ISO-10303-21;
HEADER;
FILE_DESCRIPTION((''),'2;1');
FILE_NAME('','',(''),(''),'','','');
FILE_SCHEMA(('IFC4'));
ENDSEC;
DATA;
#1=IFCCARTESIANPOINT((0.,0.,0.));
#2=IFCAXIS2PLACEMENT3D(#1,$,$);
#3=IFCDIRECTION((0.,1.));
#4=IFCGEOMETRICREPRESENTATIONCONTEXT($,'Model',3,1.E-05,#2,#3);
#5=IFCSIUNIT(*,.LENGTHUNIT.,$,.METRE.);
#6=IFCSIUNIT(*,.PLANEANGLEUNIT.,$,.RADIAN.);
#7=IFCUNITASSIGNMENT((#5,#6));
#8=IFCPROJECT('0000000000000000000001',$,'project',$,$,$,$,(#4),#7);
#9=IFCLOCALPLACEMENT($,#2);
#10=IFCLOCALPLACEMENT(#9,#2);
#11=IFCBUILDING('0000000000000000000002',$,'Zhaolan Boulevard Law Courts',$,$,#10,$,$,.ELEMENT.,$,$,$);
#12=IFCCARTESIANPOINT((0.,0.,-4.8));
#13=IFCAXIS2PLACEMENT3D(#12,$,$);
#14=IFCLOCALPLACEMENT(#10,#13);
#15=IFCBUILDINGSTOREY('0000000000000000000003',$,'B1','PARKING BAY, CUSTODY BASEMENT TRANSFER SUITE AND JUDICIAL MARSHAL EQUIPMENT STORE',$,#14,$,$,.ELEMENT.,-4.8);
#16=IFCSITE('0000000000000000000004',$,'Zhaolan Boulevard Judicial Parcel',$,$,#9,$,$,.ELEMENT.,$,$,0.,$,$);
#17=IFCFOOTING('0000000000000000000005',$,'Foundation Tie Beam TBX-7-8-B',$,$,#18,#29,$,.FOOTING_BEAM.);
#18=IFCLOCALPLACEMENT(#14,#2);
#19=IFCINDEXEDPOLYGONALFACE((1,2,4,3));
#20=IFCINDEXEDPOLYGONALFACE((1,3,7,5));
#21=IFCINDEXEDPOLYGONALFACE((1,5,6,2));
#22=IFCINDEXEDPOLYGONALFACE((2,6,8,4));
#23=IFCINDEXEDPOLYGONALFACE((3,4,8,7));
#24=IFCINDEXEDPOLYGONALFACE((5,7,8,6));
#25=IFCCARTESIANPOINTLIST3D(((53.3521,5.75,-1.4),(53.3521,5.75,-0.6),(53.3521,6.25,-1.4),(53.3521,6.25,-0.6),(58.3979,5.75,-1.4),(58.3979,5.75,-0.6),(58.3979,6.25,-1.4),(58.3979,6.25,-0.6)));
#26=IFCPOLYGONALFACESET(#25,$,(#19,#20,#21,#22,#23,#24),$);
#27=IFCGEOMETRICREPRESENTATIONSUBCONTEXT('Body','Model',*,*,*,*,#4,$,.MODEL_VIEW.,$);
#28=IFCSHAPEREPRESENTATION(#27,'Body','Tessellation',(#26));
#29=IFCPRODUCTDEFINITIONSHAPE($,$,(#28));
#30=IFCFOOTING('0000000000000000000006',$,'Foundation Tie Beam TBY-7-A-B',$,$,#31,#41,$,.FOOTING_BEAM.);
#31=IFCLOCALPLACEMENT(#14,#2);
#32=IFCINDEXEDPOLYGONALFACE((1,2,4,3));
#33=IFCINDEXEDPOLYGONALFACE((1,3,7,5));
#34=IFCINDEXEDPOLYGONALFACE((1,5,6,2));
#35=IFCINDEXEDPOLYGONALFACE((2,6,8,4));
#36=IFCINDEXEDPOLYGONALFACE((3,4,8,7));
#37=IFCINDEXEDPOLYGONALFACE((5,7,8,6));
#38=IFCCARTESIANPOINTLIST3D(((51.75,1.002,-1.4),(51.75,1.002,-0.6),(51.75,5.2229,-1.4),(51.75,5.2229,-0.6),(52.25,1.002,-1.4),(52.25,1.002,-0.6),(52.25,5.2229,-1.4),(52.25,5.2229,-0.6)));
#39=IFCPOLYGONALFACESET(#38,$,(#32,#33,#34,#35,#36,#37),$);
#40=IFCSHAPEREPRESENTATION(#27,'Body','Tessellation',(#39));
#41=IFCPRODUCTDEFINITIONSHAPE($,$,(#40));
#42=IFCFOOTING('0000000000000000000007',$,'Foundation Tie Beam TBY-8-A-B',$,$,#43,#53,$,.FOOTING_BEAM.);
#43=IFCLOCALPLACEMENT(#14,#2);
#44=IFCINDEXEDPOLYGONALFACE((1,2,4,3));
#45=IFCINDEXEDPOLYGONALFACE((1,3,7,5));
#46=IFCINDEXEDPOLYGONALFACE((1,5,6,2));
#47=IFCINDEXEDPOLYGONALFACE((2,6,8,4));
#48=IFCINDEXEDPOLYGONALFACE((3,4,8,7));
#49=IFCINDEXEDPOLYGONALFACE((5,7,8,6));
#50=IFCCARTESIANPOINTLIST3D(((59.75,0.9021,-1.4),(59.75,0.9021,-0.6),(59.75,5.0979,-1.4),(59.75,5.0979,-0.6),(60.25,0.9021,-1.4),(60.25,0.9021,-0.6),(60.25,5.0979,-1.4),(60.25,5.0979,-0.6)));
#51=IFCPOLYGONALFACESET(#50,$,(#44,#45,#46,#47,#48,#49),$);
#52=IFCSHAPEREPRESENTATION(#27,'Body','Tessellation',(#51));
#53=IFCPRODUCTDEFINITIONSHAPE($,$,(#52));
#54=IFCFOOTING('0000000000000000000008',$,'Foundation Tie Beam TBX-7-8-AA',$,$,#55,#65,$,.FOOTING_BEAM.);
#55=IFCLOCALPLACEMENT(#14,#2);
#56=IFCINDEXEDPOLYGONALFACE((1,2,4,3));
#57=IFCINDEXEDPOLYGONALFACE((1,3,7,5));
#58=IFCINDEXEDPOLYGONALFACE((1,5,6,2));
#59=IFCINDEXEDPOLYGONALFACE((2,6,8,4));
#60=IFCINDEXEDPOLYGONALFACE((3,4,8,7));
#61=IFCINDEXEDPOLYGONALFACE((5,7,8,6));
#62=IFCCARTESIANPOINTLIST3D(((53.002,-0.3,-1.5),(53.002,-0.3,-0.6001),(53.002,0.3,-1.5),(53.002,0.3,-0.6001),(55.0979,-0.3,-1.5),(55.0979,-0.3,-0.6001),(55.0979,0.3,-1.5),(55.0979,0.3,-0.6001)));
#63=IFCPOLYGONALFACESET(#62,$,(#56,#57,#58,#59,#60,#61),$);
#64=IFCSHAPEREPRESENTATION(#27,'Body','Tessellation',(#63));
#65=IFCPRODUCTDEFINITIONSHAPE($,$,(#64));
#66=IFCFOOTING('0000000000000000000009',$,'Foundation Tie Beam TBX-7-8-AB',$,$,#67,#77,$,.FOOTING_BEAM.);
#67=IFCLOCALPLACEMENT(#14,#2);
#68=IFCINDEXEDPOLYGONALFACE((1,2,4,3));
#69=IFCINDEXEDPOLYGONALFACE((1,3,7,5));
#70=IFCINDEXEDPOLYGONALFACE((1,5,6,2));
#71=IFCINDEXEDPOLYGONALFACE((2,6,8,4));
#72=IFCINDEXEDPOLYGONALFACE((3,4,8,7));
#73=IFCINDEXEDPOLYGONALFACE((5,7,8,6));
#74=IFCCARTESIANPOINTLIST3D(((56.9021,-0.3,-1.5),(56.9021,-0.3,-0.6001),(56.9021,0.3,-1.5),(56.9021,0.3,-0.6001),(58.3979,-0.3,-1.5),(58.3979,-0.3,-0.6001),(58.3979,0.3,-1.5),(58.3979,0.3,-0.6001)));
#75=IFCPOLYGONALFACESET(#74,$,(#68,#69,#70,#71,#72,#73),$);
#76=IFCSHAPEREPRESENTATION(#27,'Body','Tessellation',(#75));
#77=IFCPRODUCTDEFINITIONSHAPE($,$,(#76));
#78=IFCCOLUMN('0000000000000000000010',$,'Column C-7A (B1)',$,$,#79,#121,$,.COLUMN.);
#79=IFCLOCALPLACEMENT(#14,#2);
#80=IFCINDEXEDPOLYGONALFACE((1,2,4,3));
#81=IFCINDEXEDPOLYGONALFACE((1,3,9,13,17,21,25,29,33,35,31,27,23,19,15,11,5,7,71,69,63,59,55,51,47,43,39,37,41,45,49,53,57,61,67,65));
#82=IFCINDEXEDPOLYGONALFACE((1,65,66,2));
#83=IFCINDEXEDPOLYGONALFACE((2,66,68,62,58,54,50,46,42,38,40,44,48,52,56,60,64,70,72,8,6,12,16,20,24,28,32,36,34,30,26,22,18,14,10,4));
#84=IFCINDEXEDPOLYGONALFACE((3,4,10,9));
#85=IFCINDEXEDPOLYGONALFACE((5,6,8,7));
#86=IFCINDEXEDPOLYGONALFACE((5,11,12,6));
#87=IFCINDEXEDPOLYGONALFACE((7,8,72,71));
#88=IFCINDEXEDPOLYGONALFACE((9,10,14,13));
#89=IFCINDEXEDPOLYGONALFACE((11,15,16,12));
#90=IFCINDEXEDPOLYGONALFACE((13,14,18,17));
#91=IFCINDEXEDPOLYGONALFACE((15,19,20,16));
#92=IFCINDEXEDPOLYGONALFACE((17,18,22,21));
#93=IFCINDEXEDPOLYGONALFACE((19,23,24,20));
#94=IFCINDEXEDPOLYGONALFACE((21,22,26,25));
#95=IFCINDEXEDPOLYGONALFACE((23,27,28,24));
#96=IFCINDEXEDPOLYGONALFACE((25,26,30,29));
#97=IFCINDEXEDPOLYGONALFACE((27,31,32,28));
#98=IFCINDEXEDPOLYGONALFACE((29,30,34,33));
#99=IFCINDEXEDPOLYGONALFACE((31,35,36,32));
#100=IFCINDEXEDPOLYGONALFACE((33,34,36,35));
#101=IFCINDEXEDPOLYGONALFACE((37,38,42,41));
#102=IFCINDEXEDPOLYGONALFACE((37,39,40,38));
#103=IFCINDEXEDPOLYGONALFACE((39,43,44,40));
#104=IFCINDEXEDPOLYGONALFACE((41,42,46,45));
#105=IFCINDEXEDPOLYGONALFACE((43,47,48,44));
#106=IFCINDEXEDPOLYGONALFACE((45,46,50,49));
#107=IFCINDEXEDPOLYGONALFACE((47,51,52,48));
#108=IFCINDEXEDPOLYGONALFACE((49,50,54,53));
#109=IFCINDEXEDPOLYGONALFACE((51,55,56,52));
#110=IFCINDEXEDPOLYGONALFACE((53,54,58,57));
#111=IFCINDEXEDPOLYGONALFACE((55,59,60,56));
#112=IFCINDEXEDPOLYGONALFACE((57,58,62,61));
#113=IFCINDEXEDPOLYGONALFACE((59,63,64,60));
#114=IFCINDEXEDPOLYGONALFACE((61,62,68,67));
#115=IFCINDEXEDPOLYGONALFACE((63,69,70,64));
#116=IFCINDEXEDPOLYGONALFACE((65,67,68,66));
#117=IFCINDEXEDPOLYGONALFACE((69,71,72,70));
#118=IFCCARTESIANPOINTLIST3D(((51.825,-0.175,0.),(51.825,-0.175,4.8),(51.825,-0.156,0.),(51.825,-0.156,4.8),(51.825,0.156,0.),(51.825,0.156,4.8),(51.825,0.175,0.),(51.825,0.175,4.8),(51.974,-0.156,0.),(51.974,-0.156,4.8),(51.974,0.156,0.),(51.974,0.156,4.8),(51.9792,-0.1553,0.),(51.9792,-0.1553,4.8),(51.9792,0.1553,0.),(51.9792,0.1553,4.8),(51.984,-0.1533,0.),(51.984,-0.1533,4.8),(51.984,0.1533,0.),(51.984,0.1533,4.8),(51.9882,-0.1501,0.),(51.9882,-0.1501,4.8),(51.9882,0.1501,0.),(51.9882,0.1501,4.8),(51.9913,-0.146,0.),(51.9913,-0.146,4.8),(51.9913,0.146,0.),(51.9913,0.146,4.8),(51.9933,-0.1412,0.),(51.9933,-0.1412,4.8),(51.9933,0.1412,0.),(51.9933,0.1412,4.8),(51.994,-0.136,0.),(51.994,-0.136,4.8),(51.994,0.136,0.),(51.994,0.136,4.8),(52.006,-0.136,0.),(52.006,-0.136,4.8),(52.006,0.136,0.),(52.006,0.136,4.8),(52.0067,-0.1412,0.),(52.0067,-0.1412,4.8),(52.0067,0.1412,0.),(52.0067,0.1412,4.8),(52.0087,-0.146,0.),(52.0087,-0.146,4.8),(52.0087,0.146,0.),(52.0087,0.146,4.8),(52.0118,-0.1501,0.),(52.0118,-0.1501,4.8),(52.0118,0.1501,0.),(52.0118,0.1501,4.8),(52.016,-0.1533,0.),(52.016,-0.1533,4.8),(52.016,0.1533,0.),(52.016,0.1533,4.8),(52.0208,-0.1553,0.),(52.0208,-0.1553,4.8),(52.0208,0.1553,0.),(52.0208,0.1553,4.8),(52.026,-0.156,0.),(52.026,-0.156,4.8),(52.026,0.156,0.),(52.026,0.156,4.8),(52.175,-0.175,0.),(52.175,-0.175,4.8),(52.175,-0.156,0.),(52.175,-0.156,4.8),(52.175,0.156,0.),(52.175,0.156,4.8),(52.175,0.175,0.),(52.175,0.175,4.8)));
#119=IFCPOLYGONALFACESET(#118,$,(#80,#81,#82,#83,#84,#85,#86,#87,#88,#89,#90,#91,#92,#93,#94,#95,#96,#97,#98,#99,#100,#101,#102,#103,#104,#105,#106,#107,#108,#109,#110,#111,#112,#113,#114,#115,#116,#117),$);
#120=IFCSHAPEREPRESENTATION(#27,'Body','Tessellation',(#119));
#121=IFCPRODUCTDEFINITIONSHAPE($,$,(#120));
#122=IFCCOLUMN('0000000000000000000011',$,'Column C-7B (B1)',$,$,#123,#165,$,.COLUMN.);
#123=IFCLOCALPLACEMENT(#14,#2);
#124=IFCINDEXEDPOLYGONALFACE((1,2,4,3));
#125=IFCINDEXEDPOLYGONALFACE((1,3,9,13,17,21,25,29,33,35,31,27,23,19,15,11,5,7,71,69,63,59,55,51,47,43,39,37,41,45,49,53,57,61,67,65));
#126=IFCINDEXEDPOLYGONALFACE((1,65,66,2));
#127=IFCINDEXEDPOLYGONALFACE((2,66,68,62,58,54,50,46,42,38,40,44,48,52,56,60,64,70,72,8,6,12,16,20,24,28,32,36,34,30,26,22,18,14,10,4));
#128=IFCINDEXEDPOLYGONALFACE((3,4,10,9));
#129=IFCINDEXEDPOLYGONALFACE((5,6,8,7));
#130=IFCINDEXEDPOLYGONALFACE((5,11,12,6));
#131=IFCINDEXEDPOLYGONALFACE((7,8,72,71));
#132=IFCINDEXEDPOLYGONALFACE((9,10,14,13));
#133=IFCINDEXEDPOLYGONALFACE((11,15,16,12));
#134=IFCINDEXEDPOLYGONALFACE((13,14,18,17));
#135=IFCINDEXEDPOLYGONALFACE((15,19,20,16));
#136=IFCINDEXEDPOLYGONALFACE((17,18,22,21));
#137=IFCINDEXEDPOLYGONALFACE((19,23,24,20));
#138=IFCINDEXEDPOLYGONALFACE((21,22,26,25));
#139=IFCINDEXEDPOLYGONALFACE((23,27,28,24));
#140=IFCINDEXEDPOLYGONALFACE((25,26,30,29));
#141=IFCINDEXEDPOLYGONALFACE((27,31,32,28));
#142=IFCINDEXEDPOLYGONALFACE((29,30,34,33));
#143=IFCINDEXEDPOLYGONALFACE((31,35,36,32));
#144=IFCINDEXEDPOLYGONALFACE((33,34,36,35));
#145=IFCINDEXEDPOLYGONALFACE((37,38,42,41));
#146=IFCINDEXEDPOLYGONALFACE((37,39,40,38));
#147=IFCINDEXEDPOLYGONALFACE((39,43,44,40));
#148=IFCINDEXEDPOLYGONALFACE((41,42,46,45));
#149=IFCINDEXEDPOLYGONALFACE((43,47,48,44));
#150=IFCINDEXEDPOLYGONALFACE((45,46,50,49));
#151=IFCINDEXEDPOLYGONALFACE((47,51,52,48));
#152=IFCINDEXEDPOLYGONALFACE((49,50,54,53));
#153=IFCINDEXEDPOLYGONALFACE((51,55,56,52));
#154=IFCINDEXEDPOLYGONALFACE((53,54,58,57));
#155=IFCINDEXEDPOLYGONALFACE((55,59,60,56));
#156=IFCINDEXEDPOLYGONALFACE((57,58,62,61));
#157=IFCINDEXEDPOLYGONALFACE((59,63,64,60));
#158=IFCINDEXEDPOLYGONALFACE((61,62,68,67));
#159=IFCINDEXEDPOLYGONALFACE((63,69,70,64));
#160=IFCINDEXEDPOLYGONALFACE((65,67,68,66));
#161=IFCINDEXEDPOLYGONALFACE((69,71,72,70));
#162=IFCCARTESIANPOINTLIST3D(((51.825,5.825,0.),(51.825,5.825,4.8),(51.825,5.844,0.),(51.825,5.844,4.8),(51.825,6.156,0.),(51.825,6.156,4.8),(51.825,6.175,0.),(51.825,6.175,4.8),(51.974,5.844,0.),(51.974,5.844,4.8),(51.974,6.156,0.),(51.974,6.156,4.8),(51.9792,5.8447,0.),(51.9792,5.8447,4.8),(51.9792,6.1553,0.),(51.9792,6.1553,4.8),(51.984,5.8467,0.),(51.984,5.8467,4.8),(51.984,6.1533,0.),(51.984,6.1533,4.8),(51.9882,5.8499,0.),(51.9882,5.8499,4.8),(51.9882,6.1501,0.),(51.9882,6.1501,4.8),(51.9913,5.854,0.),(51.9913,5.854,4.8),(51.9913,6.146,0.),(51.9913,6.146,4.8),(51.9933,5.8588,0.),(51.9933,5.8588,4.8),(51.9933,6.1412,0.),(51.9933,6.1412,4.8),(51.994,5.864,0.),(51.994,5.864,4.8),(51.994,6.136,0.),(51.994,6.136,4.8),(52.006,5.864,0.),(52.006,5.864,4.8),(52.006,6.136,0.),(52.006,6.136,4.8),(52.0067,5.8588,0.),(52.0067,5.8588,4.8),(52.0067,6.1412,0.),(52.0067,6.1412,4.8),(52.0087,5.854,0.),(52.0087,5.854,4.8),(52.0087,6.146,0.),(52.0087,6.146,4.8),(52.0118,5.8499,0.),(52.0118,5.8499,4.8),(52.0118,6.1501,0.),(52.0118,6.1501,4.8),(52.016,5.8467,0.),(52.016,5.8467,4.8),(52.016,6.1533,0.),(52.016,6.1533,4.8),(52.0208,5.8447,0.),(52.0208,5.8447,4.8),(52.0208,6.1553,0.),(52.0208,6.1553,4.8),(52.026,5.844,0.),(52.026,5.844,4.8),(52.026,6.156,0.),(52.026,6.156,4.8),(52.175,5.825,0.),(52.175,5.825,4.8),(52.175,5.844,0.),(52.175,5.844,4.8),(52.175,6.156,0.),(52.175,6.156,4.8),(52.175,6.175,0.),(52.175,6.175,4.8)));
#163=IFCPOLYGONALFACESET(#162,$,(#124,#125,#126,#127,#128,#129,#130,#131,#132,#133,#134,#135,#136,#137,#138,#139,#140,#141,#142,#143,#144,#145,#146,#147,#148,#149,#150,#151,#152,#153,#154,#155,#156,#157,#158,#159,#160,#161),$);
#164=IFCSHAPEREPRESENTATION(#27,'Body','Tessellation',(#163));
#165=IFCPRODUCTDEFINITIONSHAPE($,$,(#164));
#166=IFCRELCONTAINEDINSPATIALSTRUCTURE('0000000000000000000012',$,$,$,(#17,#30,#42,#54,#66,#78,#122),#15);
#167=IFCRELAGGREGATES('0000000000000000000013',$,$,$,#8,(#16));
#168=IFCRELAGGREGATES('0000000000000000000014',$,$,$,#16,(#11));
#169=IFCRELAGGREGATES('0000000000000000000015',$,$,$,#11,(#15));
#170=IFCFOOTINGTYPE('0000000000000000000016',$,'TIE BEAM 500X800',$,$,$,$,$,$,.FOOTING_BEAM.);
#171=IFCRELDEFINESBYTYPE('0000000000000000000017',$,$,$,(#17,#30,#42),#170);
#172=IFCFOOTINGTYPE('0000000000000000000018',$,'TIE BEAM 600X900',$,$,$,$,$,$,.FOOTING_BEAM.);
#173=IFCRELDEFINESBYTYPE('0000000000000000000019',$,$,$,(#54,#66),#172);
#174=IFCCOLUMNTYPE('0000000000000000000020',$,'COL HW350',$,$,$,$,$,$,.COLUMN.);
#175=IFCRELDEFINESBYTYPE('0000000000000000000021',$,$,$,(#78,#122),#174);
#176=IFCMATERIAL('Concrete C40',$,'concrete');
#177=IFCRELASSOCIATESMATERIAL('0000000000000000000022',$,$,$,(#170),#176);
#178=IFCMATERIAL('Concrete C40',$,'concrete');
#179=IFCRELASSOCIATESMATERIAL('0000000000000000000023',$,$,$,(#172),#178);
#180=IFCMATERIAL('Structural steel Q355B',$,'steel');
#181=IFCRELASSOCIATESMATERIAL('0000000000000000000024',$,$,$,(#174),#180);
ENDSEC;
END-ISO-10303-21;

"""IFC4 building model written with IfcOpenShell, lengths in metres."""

from ifc_helpers import new_model, si_unit, direction, frame, origin, origin_2d, place, context, subcontext, project, spatial, rectangle, i_section, extrude, material, material_profile, profile_set, type_object, element, save


model = new_model("IFC4")

# Units and contexts
model_context = context("Model", 3, precision=1e-05, world=origin(), true_north=direction((0.0, 1.0)))
body_context = subcontext(model_context, "Body", "Model", "MODEL_VIEW")
ifc_project = project(units=[si_unit("LENGTHUNIT", "METRE"), si_unit("PLANEANGLEUNIT", "RADIAN")], contexts=[model_context])

# Site, building, storey
site_placement = place(None, origin())
site = spatial("IfcSite", under=ifc_project, at=site_placement, Name="Zhaolan Boulevard Judicial Parcel", CompositionType="ELEMENT", RefElevation=0.0)
building_placement = place(site_placement, origin())
building = spatial("IfcBuilding", under=site, at=building_placement, Name="Zhaolan Boulevard Law Courts", CompositionType="ELEMENT")
storey_placement = place(building_placement, frame((0.0, 0.0, -4.8)))
storey = spatial("IfcBuildingStorey", under=building, at=storey_placement, Name="B1", Description="PARKING BAY, CUSTODY BASEMENT TRANSFER SUITE AND JUDICIAL MARSHAL EQUIPMENT STORE", CompositionType="ELEMENT", Elevation=-4.8)

# Footings
ifc_material_1 = material(Name="Concrete C40", Category="concrete")
ifc_material_profile_1 = material_profile(ifc_material_1, rectangle(XDim=0.5, YDim=0.8, at=origin_2d()), Name="RC500x800")
ifc_profile_set_1 = profile_set([ifc_material_profile_1], Name="Concrete C40")
footing_type_1 = type_object("IfcFootingType", Name="TIE BEAM 500X800", PredefinedType="FOOTING_BEAM", material=ifc_profile_set_1)
footing_1_placement = place(storey_placement, frame((53.3521, 6.0, -1.0), z_axis=(1.0, 0.0, 0.0), x_axis=(0.0, 1.0, 0.0)))
element("IfcFooting", 1, at=footing_1_placement, inside=storey, type_object=footing_type_1, Name="Foundation Tie Beam TBX-7-8-B", PredefinedType="FOOTING_BEAM", context=body_context, shape_type="SweptSolid", body=[
    extrude(rectangle(XDim=0.5, YDim=0.8, at=origin_2d()), origin(), (0.0, 0.0, 1.0), 5.0459),
])
footing_2_placement = place(storey_placement, frame((52.0, 1.002, -1.0), z_axis=(0.0, 1.0, 0.0), x_axis=(-1.0, 0.0, 0.0)))
element("IfcFooting", 2, at=footing_2_placement, inside=storey, type_object=footing_type_1, Name="Foundation Tie Beam TBY-7-A-B", PredefinedType="FOOTING_BEAM", context=body_context, shape_type="SweptSolid", body=[
    extrude(rectangle(XDim=0.5, YDim=0.8, at=origin_2d()), origin(), (0.0, 0.0, 1.0), 4.2209),
])
footing_3_placement = place(storey_placement, frame((60.0, 0.9021, -1.0), z_axis=(0.0, 1.0, 0.0), x_axis=(-1.0, 0.0, 0.0)))
element("IfcFooting", 3, at=footing_3_placement, inside=storey, type_object=footing_type_1, Name="Foundation Tie Beam TBY-8-A-B", PredefinedType="FOOTING_BEAM", context=body_context, shape_type="SweptSolid", body=[
    extrude(rectangle(XDim=0.5, YDim=0.8, at=origin_2d()), origin(), (0.0, 0.0, 1.0), 4.1958),
])
ifc_material_2 = material(Name="Concrete C40", Category="concrete")
ifc_material_profile_2 = material_profile(ifc_material_2, rectangle(XDim=0.6001, YDim=0.8999, at=origin_2d()), Name="RC600x900")
ifc_profile_set_2 = profile_set([ifc_material_profile_2], Name="Concrete C40")
footing_type_2 = type_object("IfcFootingType", Name="TIE BEAM 600X900", PredefinedType="FOOTING_BEAM", material=ifc_profile_set_2)
footing_4_placement = place(storey_placement, frame((53.002, 0.0, -1.05), z_axis=(1.0, 0.0, 0.0), x_axis=(0.0, 1.0, 0.0)))
element("IfcFooting", 4, at=footing_4_placement, inside=storey, type_object=footing_type_2, Name="Foundation Tie Beam TBX-7-8-AA", PredefinedType="FOOTING_BEAM", context=body_context, shape_type="SweptSolid", body=[
    extrude(rectangle(XDim=0.6001, YDim=0.8999, at=origin_2d()), origin(), (0.0, 0.0, 1.0), 2.0959),
])
footing_5_placement = place(storey_placement, frame((56.9021, 0.0, -1.05), z_axis=(1.0, 0.0, 0.0), x_axis=(0.0, 1.0, 0.0)))
element("IfcFooting", 5, at=footing_5_placement, inside=storey, type_object=footing_type_2, Name="Foundation Tie Beam TBX-7-8-AB", PredefinedType="FOOTING_BEAM", context=body_context, shape_type="SweptSolid", body=[
    extrude(rectangle(XDim=0.6001, YDim=0.8999, at=origin_2d()), origin(), (0.0, 0.0, 1.0), 1.4958),
])

# Columns
ifc_material_3 = material(Name="Structural steel Q355B", Category="steel")
ifc_material_profile_3 = material_profile(ifc_material_3, i_section(OverallWidth=0.3501, OverallDepth=0.3501, WebThickness=0.012, FlangeThickness=0.019, FilletRadius=0.02, at=origin_2d()), Name="HW350x350")
ifc_profile_set_3 = profile_set([ifc_material_profile_3], Name="Structural steel Q355B")
column_type_1 = type_object("IfcColumnType", Name="COL HW350", PredefinedType="COLUMN", material=ifc_profile_set_3)
for number, where, z_axis, x_axis, name in (
    (6, (52.0, 0.0, 0.0), (0.0, 0.0, 1.0), (1.0, 0.0, 0.0), "Column C-7A (B1)"),
    (7, (52.0, 6.0, 0.0), (0.0, 0.0, 1.0), (1.0, 0.0, 0.0), "Column C-7B (B1)"),
):
    element("IfcColumn", number, at=place(storey_placement, frame(where, z_axis=z_axis, x_axis=x_axis)), inside=storey, type_object=column_type_1, Name=name, PredefinedType="COLUMN", context=body_context, shape_type="SweptSolid", body=[
        extrude(i_section(OverallWidth=0.3501, OverallDepth=0.3501, WebThickness=0.012, FlangeThickness=0.019, FilletRadius=0.02, at=origin_2d()), origin(), (0.0, 0.0, 1.0), 4.8),
    ])

save(model, "model.ifc")
